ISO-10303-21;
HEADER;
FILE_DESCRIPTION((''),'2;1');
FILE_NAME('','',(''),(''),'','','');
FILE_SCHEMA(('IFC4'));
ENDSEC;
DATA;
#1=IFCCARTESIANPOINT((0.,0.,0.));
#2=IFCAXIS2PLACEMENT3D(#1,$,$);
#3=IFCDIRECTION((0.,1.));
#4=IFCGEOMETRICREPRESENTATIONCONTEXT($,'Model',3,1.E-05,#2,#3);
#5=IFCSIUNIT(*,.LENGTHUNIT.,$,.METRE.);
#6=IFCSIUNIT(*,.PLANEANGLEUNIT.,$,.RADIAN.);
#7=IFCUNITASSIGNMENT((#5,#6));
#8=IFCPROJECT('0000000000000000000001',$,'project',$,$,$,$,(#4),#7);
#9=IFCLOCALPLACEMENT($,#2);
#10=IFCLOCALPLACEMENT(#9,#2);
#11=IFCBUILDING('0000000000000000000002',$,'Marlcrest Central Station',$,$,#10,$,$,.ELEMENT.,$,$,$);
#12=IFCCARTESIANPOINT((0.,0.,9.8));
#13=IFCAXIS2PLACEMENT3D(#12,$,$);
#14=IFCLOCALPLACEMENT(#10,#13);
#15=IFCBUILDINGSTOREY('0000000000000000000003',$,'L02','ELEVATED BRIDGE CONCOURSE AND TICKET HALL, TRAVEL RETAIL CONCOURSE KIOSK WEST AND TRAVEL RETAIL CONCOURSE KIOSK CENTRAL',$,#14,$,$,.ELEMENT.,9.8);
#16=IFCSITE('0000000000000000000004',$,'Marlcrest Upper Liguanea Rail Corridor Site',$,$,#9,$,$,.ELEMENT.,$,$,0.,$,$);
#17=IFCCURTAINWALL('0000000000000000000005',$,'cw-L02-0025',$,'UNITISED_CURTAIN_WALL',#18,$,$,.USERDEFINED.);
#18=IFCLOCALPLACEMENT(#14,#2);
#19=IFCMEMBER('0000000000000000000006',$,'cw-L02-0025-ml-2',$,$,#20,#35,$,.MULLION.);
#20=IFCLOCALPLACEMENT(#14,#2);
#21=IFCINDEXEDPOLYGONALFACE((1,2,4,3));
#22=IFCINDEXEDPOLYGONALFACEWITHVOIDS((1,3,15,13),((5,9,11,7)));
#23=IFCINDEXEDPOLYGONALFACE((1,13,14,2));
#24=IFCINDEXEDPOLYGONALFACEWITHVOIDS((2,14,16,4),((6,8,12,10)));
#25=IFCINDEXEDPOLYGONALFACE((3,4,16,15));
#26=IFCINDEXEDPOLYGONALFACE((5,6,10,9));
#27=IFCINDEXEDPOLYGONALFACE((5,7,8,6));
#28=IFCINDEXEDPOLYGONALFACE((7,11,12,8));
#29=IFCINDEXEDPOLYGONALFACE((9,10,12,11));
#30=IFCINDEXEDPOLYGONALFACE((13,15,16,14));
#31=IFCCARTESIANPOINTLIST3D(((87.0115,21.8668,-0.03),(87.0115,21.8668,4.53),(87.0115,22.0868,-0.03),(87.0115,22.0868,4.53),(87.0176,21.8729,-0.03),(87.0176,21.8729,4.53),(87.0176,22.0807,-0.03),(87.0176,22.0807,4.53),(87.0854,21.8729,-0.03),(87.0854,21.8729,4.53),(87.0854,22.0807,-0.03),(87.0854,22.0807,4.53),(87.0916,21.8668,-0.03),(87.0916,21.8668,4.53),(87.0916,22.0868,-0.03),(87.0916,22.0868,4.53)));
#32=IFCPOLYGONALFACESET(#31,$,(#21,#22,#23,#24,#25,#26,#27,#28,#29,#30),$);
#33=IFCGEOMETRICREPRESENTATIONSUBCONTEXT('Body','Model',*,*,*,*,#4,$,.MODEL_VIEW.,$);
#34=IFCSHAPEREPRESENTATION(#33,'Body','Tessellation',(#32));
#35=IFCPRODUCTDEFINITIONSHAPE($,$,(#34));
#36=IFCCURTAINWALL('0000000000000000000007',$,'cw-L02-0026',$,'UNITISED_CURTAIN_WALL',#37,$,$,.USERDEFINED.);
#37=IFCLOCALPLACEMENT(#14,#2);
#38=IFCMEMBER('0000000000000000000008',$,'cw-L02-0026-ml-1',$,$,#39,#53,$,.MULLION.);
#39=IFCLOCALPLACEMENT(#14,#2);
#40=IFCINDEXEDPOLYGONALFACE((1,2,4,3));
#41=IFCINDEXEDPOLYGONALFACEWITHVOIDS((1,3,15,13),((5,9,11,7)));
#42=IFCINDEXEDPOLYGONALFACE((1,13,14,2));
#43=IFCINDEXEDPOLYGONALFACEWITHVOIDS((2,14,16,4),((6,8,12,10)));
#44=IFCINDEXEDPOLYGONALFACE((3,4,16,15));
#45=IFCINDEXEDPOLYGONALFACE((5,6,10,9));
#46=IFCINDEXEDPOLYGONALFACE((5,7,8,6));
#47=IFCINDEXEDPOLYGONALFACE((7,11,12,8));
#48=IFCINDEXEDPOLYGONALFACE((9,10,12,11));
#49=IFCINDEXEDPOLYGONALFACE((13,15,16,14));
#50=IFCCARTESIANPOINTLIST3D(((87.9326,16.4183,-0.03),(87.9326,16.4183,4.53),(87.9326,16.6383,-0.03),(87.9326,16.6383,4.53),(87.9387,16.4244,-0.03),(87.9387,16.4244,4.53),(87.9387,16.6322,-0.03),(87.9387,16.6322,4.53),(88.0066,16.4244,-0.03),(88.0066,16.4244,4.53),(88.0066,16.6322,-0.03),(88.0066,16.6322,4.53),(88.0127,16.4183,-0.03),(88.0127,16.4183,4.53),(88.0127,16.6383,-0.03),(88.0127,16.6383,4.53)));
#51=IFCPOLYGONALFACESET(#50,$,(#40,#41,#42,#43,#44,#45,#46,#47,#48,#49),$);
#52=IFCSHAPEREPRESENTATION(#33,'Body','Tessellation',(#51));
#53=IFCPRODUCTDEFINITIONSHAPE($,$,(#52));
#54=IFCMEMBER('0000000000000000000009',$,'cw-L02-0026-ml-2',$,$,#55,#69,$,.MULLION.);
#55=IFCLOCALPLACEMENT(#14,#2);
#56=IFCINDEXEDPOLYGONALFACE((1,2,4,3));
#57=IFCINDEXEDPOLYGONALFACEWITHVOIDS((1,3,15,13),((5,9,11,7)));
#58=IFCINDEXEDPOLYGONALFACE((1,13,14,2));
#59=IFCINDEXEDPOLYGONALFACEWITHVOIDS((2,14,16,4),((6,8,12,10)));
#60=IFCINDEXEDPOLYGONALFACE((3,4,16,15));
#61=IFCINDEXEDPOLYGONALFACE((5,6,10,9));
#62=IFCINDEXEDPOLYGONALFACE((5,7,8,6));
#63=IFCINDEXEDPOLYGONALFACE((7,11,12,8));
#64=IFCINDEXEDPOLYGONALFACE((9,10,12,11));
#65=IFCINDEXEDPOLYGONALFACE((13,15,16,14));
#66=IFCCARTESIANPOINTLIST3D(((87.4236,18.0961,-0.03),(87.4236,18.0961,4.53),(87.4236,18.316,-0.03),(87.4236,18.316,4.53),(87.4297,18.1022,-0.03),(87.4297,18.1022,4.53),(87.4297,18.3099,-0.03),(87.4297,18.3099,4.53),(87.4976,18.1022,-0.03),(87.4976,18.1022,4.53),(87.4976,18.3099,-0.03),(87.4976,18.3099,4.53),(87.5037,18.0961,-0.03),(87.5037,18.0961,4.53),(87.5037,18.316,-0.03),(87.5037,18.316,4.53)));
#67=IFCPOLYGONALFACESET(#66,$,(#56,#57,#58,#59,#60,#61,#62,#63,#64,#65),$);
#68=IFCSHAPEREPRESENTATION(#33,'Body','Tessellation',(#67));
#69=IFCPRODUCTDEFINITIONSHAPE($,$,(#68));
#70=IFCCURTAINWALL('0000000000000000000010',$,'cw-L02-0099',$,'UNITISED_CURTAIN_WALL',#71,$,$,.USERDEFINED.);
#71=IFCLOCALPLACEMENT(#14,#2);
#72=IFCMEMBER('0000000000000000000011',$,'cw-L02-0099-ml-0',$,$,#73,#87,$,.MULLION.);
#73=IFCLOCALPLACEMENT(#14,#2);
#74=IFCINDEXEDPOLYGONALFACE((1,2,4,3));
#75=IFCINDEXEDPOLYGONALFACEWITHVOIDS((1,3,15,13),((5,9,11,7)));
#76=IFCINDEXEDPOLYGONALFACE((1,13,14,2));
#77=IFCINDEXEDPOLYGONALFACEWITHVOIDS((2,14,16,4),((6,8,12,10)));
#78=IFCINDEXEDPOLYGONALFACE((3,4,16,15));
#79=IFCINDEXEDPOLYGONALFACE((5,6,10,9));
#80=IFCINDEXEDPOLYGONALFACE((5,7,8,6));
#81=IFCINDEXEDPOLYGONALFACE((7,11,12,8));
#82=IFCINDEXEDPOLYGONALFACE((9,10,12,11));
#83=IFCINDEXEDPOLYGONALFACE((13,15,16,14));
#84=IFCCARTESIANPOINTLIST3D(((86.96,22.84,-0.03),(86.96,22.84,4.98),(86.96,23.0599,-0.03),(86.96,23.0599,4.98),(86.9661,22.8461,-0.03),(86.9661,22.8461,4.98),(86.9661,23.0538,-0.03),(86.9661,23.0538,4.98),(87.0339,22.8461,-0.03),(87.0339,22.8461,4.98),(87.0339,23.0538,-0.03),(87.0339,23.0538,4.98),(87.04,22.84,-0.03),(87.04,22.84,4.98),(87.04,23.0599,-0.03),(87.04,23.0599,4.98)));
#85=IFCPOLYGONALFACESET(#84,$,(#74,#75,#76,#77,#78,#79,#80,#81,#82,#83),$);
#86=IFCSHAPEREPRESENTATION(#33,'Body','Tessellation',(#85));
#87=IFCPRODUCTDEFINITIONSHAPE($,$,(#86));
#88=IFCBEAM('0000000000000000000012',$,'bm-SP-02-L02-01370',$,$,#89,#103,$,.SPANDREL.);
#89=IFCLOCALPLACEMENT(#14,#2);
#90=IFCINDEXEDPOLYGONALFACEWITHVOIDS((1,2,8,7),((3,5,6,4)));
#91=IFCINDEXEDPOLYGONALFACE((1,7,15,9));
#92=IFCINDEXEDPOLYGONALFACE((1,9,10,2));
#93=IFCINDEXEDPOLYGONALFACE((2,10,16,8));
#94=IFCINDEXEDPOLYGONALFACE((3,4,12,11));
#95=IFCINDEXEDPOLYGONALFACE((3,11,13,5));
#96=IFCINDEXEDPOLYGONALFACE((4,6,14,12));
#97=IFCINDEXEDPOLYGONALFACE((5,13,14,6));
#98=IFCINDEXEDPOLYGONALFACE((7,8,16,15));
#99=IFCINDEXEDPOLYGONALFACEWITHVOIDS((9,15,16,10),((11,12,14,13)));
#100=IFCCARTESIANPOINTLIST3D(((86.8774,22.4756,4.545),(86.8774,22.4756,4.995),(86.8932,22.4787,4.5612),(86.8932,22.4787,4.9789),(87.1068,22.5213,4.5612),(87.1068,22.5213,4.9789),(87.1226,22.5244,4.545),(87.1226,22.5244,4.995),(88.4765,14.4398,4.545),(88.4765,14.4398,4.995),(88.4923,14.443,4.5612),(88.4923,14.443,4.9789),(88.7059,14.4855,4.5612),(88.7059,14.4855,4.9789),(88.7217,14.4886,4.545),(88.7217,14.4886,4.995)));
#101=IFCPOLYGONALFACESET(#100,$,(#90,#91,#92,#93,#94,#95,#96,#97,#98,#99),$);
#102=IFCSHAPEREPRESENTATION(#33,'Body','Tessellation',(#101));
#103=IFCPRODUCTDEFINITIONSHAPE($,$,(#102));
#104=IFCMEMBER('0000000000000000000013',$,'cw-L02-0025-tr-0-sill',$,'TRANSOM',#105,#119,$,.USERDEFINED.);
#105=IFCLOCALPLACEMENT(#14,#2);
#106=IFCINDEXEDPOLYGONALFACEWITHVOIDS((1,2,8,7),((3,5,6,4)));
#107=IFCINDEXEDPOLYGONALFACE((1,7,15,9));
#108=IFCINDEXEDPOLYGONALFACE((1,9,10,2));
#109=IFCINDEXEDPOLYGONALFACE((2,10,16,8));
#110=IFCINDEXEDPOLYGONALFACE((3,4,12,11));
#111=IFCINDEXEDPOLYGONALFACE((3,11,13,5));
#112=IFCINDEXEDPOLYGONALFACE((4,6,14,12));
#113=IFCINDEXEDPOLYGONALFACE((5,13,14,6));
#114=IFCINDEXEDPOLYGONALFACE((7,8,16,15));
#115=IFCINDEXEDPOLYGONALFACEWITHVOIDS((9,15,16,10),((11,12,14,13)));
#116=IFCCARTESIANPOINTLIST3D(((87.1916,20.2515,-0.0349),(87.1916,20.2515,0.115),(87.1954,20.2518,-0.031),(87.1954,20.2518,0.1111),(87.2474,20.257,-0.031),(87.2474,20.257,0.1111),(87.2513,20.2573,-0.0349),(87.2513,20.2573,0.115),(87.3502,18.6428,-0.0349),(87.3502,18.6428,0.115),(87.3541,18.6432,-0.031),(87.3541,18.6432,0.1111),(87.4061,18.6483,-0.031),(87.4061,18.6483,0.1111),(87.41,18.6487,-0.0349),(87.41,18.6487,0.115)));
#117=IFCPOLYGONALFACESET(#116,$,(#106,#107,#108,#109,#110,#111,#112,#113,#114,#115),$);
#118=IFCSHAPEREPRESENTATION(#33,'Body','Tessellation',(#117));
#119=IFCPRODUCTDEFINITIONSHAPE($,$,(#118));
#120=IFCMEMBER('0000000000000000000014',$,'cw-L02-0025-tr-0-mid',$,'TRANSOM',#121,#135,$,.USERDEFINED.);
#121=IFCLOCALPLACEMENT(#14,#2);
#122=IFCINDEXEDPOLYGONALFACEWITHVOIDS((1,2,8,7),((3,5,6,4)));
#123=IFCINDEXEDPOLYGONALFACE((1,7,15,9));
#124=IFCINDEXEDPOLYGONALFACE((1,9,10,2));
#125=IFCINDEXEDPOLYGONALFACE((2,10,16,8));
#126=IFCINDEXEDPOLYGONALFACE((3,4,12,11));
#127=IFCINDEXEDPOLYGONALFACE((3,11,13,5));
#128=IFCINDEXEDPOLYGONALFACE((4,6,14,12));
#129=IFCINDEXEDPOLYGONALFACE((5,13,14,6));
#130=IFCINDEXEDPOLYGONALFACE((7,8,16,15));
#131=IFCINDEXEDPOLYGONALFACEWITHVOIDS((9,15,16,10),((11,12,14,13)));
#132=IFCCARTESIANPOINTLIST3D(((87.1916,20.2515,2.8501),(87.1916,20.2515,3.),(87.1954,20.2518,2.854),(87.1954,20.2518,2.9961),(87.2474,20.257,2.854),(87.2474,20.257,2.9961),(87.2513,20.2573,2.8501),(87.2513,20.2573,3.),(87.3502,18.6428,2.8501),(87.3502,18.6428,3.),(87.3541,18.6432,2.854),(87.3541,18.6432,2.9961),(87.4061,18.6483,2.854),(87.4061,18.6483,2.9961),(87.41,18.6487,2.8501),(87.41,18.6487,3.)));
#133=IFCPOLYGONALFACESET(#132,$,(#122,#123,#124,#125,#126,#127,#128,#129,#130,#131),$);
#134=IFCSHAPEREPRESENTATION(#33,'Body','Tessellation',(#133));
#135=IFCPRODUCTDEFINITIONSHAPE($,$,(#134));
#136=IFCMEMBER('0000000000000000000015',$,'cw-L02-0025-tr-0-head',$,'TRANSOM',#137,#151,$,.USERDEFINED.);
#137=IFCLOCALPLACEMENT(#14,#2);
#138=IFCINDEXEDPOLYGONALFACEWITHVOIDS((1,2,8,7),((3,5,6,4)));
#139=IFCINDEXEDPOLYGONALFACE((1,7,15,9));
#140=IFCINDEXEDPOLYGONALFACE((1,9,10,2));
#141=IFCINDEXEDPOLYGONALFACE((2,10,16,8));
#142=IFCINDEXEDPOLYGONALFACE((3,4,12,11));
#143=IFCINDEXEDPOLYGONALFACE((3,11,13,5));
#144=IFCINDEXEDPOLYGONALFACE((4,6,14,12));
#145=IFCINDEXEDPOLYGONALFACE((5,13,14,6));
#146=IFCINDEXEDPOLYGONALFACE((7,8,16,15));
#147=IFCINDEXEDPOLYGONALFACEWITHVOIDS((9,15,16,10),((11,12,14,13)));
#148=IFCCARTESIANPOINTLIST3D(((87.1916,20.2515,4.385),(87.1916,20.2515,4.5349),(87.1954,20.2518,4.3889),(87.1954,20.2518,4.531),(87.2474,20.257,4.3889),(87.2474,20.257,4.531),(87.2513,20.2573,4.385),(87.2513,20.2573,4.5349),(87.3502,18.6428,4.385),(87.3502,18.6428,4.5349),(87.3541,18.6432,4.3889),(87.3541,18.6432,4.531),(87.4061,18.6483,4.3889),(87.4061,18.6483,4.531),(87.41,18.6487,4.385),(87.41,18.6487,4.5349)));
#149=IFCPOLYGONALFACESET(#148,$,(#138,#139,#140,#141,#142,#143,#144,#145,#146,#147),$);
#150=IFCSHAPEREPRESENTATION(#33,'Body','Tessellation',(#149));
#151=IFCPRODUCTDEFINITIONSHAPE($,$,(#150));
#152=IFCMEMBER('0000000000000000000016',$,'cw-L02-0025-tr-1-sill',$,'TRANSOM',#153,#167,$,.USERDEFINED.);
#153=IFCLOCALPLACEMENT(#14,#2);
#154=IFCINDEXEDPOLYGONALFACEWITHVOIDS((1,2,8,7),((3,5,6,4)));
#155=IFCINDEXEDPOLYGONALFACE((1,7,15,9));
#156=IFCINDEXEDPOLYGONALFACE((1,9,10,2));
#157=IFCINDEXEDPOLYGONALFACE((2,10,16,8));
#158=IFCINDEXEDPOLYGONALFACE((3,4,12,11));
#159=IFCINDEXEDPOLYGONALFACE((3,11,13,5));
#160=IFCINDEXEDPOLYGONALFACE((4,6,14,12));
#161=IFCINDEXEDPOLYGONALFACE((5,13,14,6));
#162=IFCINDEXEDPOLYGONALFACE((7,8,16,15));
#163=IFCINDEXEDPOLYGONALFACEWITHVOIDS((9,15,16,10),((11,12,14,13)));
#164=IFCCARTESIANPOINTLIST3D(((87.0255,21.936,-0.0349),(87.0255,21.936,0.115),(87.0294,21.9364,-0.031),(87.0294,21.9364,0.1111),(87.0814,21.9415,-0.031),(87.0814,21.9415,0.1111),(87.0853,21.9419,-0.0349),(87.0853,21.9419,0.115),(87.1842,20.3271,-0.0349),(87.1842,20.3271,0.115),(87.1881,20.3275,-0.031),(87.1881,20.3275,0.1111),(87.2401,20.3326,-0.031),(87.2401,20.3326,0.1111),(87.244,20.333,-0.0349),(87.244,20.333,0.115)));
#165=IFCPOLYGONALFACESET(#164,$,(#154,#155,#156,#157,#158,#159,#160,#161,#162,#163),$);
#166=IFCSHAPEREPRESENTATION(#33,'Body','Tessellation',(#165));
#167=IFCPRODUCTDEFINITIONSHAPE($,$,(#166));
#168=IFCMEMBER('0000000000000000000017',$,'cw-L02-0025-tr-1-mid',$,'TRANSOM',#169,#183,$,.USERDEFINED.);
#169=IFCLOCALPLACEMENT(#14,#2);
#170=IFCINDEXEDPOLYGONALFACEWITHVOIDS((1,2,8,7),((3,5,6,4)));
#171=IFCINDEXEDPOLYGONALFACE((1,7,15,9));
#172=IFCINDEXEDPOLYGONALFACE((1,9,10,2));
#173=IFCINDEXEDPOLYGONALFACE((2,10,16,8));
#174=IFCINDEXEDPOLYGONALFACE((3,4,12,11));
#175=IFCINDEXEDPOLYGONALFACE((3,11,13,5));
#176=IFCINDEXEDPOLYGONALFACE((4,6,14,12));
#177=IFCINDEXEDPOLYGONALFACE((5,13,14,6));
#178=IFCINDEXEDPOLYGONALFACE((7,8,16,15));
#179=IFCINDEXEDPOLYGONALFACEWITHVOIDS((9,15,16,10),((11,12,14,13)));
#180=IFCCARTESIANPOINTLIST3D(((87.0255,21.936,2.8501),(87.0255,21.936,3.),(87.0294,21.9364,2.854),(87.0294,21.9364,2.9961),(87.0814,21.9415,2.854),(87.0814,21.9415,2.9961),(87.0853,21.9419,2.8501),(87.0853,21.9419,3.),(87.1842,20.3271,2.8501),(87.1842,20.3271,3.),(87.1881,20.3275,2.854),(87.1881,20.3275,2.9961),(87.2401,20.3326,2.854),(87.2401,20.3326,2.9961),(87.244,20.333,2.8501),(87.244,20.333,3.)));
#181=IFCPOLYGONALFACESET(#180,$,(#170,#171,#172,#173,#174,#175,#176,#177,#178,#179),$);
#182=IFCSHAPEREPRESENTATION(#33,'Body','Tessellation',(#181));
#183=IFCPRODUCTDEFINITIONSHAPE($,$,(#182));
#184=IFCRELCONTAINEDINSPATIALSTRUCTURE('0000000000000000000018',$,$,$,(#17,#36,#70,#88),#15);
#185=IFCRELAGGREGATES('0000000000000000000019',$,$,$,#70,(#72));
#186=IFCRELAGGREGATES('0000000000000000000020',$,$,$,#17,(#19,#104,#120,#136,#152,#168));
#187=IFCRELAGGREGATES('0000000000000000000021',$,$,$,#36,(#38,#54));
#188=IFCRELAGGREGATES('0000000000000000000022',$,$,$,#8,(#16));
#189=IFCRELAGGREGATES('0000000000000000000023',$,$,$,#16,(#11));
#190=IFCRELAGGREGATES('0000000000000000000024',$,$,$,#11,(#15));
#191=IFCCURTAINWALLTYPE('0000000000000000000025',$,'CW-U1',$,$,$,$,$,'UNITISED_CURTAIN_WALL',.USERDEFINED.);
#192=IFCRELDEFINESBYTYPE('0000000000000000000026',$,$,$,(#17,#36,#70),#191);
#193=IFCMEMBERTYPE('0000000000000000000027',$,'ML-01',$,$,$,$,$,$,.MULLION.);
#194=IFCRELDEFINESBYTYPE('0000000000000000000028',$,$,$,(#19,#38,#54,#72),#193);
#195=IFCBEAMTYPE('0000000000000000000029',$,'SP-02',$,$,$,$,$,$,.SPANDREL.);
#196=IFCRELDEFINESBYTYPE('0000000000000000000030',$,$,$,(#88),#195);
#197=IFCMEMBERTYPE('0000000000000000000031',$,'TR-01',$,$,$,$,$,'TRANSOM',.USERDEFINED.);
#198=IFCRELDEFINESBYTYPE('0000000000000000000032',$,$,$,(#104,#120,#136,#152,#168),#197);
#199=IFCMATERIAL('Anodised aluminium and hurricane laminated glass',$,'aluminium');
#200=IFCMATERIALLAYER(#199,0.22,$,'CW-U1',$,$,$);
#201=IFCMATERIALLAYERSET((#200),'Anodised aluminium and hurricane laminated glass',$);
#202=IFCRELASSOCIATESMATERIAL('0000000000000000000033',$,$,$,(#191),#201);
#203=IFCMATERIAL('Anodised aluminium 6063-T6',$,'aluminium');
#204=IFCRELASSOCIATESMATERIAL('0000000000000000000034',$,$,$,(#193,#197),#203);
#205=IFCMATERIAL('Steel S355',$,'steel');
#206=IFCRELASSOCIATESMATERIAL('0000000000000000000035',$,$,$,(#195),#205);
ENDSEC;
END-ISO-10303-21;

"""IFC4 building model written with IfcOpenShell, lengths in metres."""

from ifc_helpers import new_model, si_unit, direction, frame, origin, origin_2d, place, context, subcontext, project, spatial, hollow_rectangle, extrude, material, layer, layer_set, material_profile, profile_set, type_object, element, aggregate, save


model = new_model("IFC4")

# Units and contexts
model_context = context("Model", 3, precision=1e-05, world=origin(), true_north=direction((0.0, 1.0)))
body_context = subcontext(model_context, "Body", "Model", "MODEL_VIEW")
ifc_project = project(units=[si_unit("LENGTHUNIT", "METRE"), si_unit("PLANEANGLEUNIT", "RADIAN")], contexts=[model_context])

# Site, building, storey
site_placement = place(None, origin())
site = spatial("IfcSite", under=ifc_project, at=site_placement, Name="Marlcrest Upper Liguanea Rail Corridor Site", CompositionType="ELEMENT", RefElevation=0.0)
building_placement = place(site_placement, origin())
building = spatial("IfcBuilding", under=site, at=building_placement, Name="Marlcrest Central Station", CompositionType="ELEMENT")
storey_placement = place(building_placement, frame((0.0, 0.0, 9.8)))
storey = spatial("IfcBuildingStorey", under=building, at=storey_placement, Name="L02", Description="ELEVATED BRIDGE CONCOURSE AND TICKET HALL, TRAVEL RETAIL CONCOURSE KIOSK WEST AND TRAVEL RETAIL CONCOURSE KIOSK CENTRAL", CompositionType="ELEMENT", Elevation=9.8)

# Shared definitions
ifc_material_1 = material(Name="Steel S355", Category="steel")

# Curtain walls, members
ifc_material_2 = material(Name="Anodised aluminium and hurricane laminated glass", Category="aluminium")
ifc_layer_1 = layer(ifc_material_2, 0.22, Name="CW-U1")
ifc_layer_set_1 = layer_set([ifc_layer_1], Name="Anodised aluminium and hurricane laminated glass")
curtain_wall_type = type_object("IfcCurtainWallType", Name="CW-U1", ElementType="UNITISED_CURTAIN_WALL", PredefinedType="USERDEFINED", material=ifc_layer_set_1)
curtain_wall_1_placement = place(storey_placement, origin())
curtain_wall_1 = element("IfcCurtainWall", 1, at=curtain_wall_1_placement, inside=storey, type_object=curtain_wall_type, Name="cw-L02-0025", ObjectType="UNITISED_CURTAIN_WALL", PredefinedType="USERDEFINED")
ifc_material_3 = material(Name="Anodised aluminium 6063-T6", Category="aluminium")
ifc_material_profile_1 = material_profile(ifc_material_3, hollow_rectangle(XDim=0.0801, YDim=0.22, WallThickness=0.0061, at=origin_2d()), Name="AA-RHS 220x80x6")
ifc_profile_set_1 = profile_set([ifc_material_profile_1], Name="Anodised aluminium 6063-T6")
member_type_1 = type_object("IfcMemberType", Name="ML-01", PredefinedType="MULLION", material=ifc_profile_set_1)
member_1_placement = place(storey_placement, frame((87.0515, 21.9768, -0.03), z_axis=(0.0, 0.0, 1.0), x_axis=(1.0, 0.0, 0.0)))
member_1 = element("IfcMember", 2, at=member_1_placement, type_object=member_type_1, Name="cw-L02-0025-ml-2", PredefinedType="MULLION", context=body_context, shape_type="SweptSolid", body=[
    extrude(hollow_rectangle(XDim=0.0801, YDim=0.22, WallThickness=0.0061, at=origin_2d()), origin(), (0.0, 0.0, 1.0), 4.5601),
])
curtain_wall_2_placement = place(storey_placement, origin())
curtain_wall_2 = element("IfcCurtainWall", 3, at=curtain_wall_2_placement, inside=storey, type_object=curtain_wall_type, Name="cw-L02-0026", ObjectType="UNITISED_CURTAIN_WALL", PredefinedType="USERDEFINED")
member_2_placement = place(storey_placement, frame((87.9727, 16.5283, -0.03), z_axis=(0.0, 0.0, 1.0), x_axis=(1.0, 0.0, 0.0)))
member_2 = element("IfcMember", 4, at=member_2_placement, type_object=member_type_1, Name="cw-L02-0026-ml-1", PredefinedType="MULLION", context=body_context, shape_type="SweptSolid", body=[
    extrude(hollow_rectangle(XDim=0.0801, YDim=0.22, WallThickness=0.0061, at=origin_2d()), origin(), (0.0, 0.0, 1.0), 4.5601),
])
member_3_placement = place(storey_placement, frame((87.4636, 18.2061, -0.03), z_axis=(0.0, 0.0, 1.0), x_axis=(1.0, 0.0, 0.0)))
member_3 = element("IfcMember", 5, at=member_3_placement, type_object=member_type_1, Name="cw-L02-0026-ml-2", PredefinedType="MULLION", context=body_context, shape_type="SweptSolid", body=[
    extrude(hollow_rectangle(XDim=0.0801, YDim=0.22, WallThickness=0.0061, at=origin_2d()), origin(), (0.0, 0.0, 1.0), 4.5601),
])

# Curtain wall, member
curtain_wall_3_placement = place(storey_placement, origin())
curtain_wall_3 = element("IfcCurtainWall", 6, at=curtain_wall_3_placement, inside=storey, type_object=curtain_wall_type, Name="cw-L02-0099", ObjectType="UNITISED_CURTAIN_WALL", PredefinedType="USERDEFINED")
member_4_placement = place(storey_placement, frame((87.0, 22.95, -0.03), z_axis=(0.0, 0.0, 1.0), x_axis=(1.0, 0.0, 0.0)))
member_4 = element("IfcMember", 7, at=member_4_placement, type_object=member_type_1, Name="cw-L02-0099-ml-0", PredefinedType="MULLION", context=body_context, shape_type="SweptSolid", body=[
    extrude(hollow_rectangle(XDim=0.0801, YDim=0.22, WallThickness=0.0061, at=origin_2d()), origin(), (0.0, 0.0, 1.0), 5.01),
])
aggregate(curtain_wall_3, [member_4])

# Beam
ifc_material_profile_2 = material_profile(ifc_material_1, hollow_rectangle(XDim=0.25, YDim=0.45, WallThickness=0.0161, at=origin_2d()), Name="RHS 450x250x16")
ifc_profile_set_2 = profile_set([ifc_material_profile_2], Name="Steel S355")
beam_type_1 = type_object("IfcBeamType", Name="SP-02", PredefinedType="SPANDREL", material=ifc_profile_set_2)
beam_1_placement = place(storey_placement, frame((87.0, 22.5, 4.77), z_axis=(0.195171, -0.980769, 0.0), x_axis=(0.980769, 0.195171, 0.0)))
element("IfcBeam", 8, at=beam_1_placement, inside=storey, type_object=beam_type_1, Name="bm-SP-02-L02-01370", PredefinedType="SPANDREL", context=body_context, shape_type="SweptSolid", body=[
    extrude(hollow_rectangle(XDim=0.25, YDim=0.45, WallThickness=0.0161, at=origin_2d()), origin(), (0.0, 0.0, 1.0), 8.1934),
])

# Members
ifc_material_profile_3 = material_profile(ifc_material_3, hollow_rectangle(XDim=0.0601, YDim=0.1499, WallThickness=0.0039, at=origin_2d()), Name="AA-RHS 150x60x4")
ifc_profile_set_3 = profile_set([ifc_material_profile_3], Name="Anodised aluminium 6063-T6")
member_type_2 = type_object("IfcMemberType", Name="TR-01", ElementType="TRANSOM", PredefinedType="USERDEFINED", material=ifc_profile_set_3)
member_5_placement = place(storey_placement, frame((87.3801, 18.6458, 0.04), z_axis=(-0.098173, 0.995169, 0.0), x_axis=(-0.995169, -0.098173, 0.0)))
member_5 = element("IfcMember", 9, at=member_5_placement, type_object=member_type_2, Name="cw-L02-0025-tr-0-sill", ObjectType="TRANSOM", PredefinedType="USERDEFINED", context=body_context, shape_type="SweptSolid", body=[
    extrude(hollow_rectangle(XDim=0.0601, YDim=0.1499, WallThickness=0.0039, at=origin_2d()), origin(), (0.0, 0.0, 1.0), 1.6165),
])
member_6_placement = place(storey_placement, frame((87.3801, 18.6458, 2.925), z_axis=(-0.098173, 0.995169, 0.0), x_axis=(-0.995169, -0.098173, 0.0)))
member_6 = element("IfcMember", 10, at=member_6_placement, type_object=member_type_2, Name="cw-L02-0025-tr-0-mid", ObjectType="TRANSOM", PredefinedType="USERDEFINED", context=body_context, shape_type="SweptSolid", body=[
    extrude(hollow_rectangle(XDim=0.0601, YDim=0.1499, WallThickness=0.0039, at=origin_2d()), origin(), (0.0, 0.0, 1.0), 1.6165),
])
member_7_placement = place(storey_placement, frame((87.3801, 18.6458, 4.46), z_axis=(-0.098173, 0.995169, 0.0), x_axis=(-0.995169, -0.098173, 0.0)))
member_7 = element("IfcMember", 11, at=member_7_placement, type_object=member_type_2, Name="cw-L02-0025-tr-0-head", ObjectType="TRANSOM", PredefinedType="USERDEFINED", context=body_context, shape_type="SweptSolid", body=[
    extrude(hollow_rectangle(XDim=0.0601, YDim=0.1499, WallThickness=0.0039, at=origin_2d()), origin(), (0.0, 0.0, 1.0), 1.6165),
])
member_8_placement = place(storey_placement, frame((87.2141, 20.3301, 0.04), z_axis=(-0.098158, 0.995171, 0.0), x_axis=(-0.995171, -0.098158, 0.0)))
member_8 = element("IfcMember", 12, at=member_8_placement, type_object=member_type_2, Name="cw-L02-0025-tr-1-sill", ObjectType="TRANSOM", PredefinedType="USERDEFINED", context=body_context, shape_type="SweptSolid", body=[
    extrude(hollow_rectangle(XDim=0.0601, YDim=0.1499, WallThickness=0.0039, at=origin_2d()), origin(), (0.0, 0.0, 1.0), 1.6167),
])
member_9_placement = place(storey_placement, frame((87.2141, 20.3301, 2.925), z_axis=(-0.098158, 0.995171, 0.0), x_axis=(-0.995171, -0.098158, 0.0)))
member_9 = element("IfcMember", 13, at=member_9_placement, type_object=member_type_2, Name="cw-L02-0025-tr-1-mid", ObjectType="TRANSOM", PredefinedType="USERDEFINED", context=body_context, shape_type="SweptSolid", body=[
    extrude(hollow_rectangle(XDim=0.0601, YDim=0.1499, WallThickness=0.0039, at=origin_2d()), origin(), (0.0, 0.0, 1.0), 1.6167),
])

aggregate(curtain_wall_1, [member_1, member_5, member_6, member_7, member_8, member_9])
aggregate(curtain_wall_2, [member_2, member_3])

save(model, "model.ifc")
